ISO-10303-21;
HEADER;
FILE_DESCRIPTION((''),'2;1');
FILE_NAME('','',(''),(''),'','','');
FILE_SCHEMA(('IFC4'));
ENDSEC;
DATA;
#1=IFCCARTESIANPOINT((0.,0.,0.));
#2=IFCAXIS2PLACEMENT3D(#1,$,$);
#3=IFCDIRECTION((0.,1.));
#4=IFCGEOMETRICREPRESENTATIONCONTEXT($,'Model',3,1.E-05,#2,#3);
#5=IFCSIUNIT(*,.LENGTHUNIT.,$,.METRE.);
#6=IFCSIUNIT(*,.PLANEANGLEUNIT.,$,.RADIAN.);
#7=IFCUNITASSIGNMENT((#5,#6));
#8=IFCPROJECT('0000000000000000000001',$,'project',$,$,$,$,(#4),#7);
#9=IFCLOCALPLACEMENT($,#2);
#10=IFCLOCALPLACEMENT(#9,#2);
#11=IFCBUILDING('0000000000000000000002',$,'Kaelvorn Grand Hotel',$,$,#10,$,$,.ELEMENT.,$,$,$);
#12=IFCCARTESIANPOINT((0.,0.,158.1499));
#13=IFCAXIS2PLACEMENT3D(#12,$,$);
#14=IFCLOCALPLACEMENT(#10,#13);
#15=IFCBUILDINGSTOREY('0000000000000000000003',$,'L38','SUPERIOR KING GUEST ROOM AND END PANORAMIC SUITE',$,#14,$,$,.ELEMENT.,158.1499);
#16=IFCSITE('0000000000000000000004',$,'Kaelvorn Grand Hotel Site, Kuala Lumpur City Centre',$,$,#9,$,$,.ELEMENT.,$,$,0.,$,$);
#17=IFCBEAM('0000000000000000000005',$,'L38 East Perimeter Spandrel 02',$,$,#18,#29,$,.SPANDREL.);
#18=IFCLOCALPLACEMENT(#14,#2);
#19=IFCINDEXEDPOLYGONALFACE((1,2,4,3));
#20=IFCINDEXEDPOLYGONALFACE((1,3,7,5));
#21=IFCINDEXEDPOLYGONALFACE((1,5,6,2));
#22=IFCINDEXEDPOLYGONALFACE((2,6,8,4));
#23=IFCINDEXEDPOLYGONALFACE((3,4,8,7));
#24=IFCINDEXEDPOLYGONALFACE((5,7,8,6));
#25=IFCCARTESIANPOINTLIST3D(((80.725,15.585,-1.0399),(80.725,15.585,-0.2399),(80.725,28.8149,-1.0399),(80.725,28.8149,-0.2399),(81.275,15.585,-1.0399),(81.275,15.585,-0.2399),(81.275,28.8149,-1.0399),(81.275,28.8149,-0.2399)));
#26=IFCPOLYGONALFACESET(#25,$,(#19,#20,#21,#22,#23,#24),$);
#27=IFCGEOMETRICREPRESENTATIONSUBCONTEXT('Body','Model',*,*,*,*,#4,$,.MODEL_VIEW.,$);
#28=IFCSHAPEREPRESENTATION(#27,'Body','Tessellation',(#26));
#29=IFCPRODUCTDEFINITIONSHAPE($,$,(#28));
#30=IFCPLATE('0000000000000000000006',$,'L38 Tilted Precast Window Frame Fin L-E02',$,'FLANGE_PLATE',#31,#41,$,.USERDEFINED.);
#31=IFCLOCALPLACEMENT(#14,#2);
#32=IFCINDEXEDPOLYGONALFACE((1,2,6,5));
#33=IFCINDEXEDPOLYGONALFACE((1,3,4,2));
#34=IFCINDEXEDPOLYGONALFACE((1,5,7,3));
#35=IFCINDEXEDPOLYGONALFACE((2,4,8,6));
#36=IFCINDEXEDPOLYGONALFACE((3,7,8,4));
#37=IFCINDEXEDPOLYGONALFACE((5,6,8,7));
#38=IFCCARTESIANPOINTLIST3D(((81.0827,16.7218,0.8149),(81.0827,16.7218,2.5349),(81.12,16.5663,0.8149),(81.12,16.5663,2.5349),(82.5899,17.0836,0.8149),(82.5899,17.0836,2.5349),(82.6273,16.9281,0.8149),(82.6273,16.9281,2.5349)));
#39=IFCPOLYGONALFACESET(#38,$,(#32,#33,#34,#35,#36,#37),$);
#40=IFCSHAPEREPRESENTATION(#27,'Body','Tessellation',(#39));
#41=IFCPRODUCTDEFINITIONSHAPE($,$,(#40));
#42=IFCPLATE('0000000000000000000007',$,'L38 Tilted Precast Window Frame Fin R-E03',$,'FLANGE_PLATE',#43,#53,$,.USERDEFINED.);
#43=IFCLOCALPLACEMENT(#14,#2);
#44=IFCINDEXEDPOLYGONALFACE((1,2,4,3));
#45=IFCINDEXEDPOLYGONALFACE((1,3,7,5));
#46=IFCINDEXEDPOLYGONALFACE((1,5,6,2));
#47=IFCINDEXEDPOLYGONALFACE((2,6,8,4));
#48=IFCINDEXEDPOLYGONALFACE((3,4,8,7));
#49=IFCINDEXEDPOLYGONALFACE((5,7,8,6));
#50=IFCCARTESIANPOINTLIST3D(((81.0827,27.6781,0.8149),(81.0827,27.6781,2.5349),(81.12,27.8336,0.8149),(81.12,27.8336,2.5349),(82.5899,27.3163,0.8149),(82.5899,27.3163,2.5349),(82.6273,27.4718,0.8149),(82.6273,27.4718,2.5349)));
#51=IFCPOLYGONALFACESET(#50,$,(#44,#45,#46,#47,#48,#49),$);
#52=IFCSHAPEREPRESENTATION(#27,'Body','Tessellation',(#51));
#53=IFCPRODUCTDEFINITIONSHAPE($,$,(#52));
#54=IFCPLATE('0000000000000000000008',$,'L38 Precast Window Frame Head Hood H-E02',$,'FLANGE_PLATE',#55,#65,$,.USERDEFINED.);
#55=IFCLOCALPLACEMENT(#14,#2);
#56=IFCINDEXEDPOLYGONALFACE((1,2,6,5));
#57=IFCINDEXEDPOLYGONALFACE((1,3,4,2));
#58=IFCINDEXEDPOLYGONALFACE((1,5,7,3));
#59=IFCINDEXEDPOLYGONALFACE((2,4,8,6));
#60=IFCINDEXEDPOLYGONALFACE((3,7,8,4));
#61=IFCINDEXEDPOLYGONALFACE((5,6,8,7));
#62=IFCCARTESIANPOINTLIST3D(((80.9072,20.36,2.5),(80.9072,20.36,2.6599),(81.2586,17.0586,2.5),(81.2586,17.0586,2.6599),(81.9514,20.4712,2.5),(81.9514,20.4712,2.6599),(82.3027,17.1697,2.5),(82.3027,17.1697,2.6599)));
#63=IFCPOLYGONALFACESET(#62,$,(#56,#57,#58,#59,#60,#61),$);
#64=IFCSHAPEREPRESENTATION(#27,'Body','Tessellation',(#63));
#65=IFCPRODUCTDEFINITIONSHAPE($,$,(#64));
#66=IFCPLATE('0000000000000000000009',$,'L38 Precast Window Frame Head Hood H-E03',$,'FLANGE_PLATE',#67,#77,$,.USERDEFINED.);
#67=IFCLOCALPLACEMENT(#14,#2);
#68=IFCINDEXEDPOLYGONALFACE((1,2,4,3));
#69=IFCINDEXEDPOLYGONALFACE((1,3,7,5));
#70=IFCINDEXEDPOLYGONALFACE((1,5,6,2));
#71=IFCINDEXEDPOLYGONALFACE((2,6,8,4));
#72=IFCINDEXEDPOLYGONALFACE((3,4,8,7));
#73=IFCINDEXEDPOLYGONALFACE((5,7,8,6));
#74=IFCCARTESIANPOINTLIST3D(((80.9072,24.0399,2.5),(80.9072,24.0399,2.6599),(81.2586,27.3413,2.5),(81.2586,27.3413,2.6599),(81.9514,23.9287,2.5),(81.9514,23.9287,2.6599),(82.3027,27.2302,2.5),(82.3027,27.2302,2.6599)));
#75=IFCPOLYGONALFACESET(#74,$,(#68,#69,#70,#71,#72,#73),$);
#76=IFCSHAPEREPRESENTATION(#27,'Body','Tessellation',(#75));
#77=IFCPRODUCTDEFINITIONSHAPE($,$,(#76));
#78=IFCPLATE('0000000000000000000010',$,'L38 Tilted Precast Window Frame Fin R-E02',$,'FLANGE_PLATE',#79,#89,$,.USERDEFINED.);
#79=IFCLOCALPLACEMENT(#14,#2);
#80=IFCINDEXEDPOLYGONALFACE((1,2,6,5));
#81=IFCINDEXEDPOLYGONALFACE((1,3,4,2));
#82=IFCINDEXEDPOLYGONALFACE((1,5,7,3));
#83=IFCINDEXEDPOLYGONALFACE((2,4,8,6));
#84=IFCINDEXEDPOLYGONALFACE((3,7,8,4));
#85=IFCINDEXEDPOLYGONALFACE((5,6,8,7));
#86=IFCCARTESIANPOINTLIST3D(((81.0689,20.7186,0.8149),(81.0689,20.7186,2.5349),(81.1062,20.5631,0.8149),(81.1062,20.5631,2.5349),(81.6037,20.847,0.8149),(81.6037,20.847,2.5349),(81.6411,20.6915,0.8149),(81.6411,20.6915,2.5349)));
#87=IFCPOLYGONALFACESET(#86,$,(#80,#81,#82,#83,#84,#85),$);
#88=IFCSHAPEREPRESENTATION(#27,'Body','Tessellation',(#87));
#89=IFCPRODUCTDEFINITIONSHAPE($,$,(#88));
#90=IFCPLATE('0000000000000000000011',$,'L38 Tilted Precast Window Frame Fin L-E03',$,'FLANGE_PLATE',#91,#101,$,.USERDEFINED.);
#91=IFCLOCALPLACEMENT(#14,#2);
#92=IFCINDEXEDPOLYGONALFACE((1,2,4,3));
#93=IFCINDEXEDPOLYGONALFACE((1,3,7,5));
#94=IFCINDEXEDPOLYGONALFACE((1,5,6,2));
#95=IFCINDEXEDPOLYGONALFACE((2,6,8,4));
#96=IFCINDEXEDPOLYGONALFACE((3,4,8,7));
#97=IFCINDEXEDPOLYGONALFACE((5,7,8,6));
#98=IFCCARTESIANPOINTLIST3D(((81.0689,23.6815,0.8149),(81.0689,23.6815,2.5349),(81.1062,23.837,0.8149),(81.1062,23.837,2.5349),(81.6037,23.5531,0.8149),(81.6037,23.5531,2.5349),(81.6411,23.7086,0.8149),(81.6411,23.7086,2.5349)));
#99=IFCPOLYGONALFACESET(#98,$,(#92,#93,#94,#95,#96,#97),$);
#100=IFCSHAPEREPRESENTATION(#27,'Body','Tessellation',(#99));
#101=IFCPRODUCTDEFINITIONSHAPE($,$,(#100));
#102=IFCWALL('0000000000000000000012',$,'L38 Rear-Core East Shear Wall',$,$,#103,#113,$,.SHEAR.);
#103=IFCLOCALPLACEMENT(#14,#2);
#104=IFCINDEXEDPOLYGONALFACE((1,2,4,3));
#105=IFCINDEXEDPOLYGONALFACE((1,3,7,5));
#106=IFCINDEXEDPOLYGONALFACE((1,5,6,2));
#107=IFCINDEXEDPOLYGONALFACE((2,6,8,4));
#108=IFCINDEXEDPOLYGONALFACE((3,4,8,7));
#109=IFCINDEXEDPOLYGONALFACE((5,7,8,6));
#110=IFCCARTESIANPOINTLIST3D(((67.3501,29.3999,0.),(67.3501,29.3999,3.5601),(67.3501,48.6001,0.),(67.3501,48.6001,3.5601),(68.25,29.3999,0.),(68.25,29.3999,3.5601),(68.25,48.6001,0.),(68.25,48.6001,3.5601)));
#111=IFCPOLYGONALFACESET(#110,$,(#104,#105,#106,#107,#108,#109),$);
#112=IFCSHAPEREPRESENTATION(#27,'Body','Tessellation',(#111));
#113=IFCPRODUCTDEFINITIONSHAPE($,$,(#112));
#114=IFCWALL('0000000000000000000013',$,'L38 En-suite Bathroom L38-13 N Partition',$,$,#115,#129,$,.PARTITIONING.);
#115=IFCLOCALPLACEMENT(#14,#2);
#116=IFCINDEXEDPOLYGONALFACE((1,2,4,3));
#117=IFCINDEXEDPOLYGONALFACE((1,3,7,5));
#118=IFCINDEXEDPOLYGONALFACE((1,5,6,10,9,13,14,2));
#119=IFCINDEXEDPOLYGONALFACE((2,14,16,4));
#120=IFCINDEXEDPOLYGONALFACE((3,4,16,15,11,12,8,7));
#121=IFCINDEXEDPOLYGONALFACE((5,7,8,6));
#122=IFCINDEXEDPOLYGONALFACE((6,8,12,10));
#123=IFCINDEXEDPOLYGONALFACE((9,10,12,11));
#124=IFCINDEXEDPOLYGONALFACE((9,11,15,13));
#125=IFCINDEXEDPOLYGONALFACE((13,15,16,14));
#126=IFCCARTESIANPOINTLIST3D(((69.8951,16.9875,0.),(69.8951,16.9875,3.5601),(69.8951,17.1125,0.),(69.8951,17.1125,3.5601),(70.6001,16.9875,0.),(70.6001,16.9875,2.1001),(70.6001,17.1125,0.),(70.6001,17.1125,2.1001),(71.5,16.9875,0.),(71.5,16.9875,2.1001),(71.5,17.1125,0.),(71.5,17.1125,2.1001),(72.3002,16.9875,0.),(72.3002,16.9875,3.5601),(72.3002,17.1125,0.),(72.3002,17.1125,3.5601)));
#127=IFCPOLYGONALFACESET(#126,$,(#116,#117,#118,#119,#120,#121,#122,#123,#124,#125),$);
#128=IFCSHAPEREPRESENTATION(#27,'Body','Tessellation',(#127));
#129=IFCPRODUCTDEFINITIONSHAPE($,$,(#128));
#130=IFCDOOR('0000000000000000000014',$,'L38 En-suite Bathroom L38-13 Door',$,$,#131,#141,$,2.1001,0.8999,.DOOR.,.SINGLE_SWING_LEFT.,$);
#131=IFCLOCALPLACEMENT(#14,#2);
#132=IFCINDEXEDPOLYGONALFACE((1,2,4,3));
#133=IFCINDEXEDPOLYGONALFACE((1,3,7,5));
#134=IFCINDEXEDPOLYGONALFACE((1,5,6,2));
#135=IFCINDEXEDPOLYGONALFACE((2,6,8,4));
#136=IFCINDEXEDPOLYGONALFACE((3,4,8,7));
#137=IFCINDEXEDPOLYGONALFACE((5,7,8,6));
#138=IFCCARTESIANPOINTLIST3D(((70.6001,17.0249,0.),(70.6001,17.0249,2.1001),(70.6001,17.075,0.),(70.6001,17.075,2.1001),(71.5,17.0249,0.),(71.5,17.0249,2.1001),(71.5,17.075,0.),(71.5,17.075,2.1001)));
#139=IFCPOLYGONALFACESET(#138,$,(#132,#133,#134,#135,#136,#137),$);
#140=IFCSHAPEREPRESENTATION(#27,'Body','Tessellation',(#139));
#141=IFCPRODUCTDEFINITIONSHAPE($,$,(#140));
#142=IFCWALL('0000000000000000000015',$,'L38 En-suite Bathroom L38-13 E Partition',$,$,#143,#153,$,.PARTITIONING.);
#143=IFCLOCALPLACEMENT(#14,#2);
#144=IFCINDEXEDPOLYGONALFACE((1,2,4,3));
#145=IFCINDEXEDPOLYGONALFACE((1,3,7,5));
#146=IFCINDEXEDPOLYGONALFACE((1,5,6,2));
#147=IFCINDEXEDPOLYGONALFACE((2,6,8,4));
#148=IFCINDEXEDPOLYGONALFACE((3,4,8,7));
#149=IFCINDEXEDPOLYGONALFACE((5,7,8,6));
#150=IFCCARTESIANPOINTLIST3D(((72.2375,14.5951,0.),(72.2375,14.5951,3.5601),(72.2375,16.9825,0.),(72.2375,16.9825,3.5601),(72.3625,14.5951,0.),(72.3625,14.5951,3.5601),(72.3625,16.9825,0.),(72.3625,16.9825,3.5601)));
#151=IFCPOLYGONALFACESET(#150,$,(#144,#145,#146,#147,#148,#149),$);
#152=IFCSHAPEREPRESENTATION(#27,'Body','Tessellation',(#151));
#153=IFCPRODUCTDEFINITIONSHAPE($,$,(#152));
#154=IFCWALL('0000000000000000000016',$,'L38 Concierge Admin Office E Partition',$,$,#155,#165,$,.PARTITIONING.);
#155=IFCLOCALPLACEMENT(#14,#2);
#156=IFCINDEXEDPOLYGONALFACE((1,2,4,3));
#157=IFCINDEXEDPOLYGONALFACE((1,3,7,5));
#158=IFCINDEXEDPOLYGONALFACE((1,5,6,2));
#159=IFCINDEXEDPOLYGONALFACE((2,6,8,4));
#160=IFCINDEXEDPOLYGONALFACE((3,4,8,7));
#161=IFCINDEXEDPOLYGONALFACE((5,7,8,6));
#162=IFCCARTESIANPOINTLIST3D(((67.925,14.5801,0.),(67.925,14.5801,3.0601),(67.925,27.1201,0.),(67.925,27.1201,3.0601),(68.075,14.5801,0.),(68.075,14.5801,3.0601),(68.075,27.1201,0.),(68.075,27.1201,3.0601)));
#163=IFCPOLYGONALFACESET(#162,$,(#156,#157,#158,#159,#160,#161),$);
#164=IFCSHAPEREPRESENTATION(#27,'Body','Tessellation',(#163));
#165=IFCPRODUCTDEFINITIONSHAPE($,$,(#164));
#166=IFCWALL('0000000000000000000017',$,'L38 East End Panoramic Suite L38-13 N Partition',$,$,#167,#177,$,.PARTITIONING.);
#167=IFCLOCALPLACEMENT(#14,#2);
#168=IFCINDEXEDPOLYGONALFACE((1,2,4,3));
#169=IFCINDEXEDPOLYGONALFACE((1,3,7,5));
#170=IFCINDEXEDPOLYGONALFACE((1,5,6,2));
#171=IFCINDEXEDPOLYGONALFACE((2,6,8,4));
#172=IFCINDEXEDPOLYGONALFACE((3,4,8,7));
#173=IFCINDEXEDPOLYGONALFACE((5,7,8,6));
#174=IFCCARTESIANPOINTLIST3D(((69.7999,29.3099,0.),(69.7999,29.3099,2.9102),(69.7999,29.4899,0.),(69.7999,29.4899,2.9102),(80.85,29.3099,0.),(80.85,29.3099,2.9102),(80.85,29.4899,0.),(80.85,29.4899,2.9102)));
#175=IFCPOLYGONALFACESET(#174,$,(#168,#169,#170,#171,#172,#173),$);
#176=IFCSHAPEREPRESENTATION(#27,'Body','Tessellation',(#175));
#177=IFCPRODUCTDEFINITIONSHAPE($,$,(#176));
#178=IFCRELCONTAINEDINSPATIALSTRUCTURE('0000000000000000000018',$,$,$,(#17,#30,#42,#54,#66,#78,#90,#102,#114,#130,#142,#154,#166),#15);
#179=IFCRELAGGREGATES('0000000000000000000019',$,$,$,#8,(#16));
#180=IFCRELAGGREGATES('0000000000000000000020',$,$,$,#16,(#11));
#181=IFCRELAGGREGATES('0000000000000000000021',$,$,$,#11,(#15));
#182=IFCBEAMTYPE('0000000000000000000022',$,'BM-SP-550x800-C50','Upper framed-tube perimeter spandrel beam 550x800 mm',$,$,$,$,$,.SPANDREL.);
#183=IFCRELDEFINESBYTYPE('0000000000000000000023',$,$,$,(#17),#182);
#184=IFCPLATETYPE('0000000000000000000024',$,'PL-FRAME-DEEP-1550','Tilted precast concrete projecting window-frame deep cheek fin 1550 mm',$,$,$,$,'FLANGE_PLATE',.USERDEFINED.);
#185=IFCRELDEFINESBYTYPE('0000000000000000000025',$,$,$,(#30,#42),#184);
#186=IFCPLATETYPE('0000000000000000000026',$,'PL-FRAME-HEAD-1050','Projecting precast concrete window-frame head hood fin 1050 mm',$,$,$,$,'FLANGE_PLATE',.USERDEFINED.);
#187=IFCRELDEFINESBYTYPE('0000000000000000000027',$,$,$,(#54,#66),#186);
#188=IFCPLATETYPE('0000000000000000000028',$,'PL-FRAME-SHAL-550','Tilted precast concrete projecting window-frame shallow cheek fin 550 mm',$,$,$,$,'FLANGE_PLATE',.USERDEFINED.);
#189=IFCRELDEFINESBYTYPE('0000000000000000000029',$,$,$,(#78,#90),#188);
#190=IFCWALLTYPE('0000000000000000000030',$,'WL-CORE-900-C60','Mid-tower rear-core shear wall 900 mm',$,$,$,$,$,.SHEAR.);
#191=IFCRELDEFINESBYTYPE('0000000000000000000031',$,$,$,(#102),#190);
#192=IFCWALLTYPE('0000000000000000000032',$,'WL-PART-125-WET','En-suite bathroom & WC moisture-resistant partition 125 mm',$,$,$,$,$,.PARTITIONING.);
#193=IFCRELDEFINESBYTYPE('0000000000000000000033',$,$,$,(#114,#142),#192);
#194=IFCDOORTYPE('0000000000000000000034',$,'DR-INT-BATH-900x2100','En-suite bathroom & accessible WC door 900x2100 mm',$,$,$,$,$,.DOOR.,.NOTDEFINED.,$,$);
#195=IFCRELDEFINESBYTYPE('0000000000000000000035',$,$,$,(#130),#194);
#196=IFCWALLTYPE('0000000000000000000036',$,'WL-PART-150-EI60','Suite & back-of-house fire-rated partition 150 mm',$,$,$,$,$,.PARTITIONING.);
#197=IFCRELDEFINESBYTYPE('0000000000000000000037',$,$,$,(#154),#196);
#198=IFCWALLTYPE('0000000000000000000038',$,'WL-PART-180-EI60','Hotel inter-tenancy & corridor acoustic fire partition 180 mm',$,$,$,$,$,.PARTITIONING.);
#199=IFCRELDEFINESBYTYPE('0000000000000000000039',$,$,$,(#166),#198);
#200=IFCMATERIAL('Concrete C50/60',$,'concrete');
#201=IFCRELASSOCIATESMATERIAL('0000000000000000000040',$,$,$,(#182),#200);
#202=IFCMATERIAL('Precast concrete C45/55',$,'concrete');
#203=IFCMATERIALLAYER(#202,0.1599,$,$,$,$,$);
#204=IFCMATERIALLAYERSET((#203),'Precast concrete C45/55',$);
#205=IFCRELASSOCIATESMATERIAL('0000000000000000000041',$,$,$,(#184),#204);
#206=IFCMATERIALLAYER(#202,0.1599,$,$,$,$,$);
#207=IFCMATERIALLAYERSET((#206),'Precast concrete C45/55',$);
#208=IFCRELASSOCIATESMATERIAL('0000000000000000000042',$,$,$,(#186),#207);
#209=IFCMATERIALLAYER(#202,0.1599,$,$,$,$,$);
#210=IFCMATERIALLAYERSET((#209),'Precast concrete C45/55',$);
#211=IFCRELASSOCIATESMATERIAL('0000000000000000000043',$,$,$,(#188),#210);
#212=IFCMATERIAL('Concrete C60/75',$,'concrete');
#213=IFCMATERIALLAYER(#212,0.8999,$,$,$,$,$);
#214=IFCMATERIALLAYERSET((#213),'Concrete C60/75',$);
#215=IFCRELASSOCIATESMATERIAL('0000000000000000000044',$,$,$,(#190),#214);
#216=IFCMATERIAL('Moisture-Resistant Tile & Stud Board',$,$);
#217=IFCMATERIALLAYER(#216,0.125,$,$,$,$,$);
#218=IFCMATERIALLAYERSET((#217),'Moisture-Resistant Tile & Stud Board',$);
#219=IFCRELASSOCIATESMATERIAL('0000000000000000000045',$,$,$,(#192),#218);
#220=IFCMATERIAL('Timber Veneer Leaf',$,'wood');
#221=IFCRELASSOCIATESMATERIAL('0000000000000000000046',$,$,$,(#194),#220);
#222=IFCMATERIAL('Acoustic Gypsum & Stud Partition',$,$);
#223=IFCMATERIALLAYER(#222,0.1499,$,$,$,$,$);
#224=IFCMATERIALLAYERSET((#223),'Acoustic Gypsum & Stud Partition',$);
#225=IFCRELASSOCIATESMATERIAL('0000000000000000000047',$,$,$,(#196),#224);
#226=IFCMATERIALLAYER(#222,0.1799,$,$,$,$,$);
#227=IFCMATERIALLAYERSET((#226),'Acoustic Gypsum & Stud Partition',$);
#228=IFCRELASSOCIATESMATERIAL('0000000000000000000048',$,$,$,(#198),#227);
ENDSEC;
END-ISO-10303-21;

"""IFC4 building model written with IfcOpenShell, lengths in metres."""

from ifc_helpers import new_model, si_unit, direction, frame, frame_2d, origin, origin_2d, place, context, subcontext, project, spatial, rectangle, extrude, material, layer, layer_set, material_profile, profile_set, type_object, element, fill, save


model = new_model("IFC4")

# Units and contexts
model_context = context("Model", 3, precision=1e-05, world=origin(), true_north=direction((0.0, 1.0)))
body_context = subcontext(model_context, "Body", "Model", "MODEL_VIEW")
ifc_project = project(units=[si_unit("LENGTHUNIT", "METRE"), si_unit("PLANEANGLEUNIT", "RADIAN")], contexts=[model_context])

# Site, building, storey
site_placement = place(None, origin())
site = spatial("IfcSite", under=ifc_project, at=site_placement, Name="Kaelvorn Grand Hotel Site, Kuala Lumpur City Centre", CompositionType="ELEMENT", RefElevation=0.0)
building_placement = place(site_placement, origin())
building = spatial("IfcBuilding", under=site, at=building_placement, Name="Kaelvorn Grand Hotel", CompositionType="ELEMENT")
storey_placement = place(building_placement, frame((0.0, 0.0, 158.1499)))
storey = spatial("IfcBuildingStorey", under=building, at=storey_placement, Name="L38", Description="SUPERIOR KING GUEST ROOM AND END PANORAMIC SUITE", CompositionType="ELEMENT", Elevation=158.1499)

# Shared definitions
ifc_material_1 = material(Name="Concrete C60/75", Category="concrete")

# Beam
ifc_material_2 = material(Name="Concrete C50/60", Category="concrete")
ifc_material_profile_1 = material_profile(ifc_material_2, rectangle(XDim=0.55, YDim=0.8, at=origin_2d()), Name="RC SPANDREL 550x800")
ifc_profile_set_1 = profile_set([ifc_material_profile_1], Name="Concrete C50/60")
beam_type_1 = type_object("IfcBeamType", Name="BM-SP-550x800-C50", Description="Upper framed-tube perimeter spandrel beam 550x800 mm", PredefinedType="SPANDREL", material=ifc_profile_set_1)
beam_1_placement = place(storey_placement, frame((81.0, 15.585, -0.6399), z_axis=(0.0, 1.0, 0.0), x_axis=(-1.0, 0.0, 0.0)))
element("IfcBeam", 1, at=beam_1_placement, inside=storey, type_object=beam_type_1, Name="L38 East Perimeter Spandrel 02", PredefinedType="SPANDREL", context=body_context, shape_type="SweptSolid", body=[
    extrude(rectangle(XDim=0.55, YDim=0.8, at=origin_2d()), origin(), (0.0, 0.0, 1.0), 13.23),
])

# Plates
ifc_material_3 = material(Name="Precast concrete C45/55", Category="concrete")
ifc_layer_1 = layer(ifc_material_3, 0.1599)
ifc_layer_set_1 = layer_set([ifc_layer_1], Name="Precast concrete C45/55")
plate_type_1 = type_object("IfcPlateType", Name="PL-FRAME-DEEP-1550", Description="Tilted precast concrete projecting window-frame deep cheek fin 1550 mm", ElementType="FLANGE_PLATE", PredefinedType="USERDEFINED", material=ifc_layer_set_1)
for number, where, z_axis, x_axis, name in (
    (2, (81.855, 16.825, 0.8149), (0.0, 0.0, 1.0), (-0.233445, 0.97237, 0.0), "L38 Tilted Precast Window Frame Fin L-E02"),
    (3, (81.855, 27.575, 0.8149), (0.0, 0.0, 1.0), (0.233445, 0.97237, 0.0), "L38 Tilted Precast Window Frame Fin R-E03"),
):
    element("IfcPlate", number, at=place(storey_placement, frame(where, z_axis=z_axis, x_axis=x_axis)), inside=storey, type_object=plate_type_1, Name=name, ObjectType="FLANGE_PLATE", PredefinedType="USERDEFINED", context=body_context, shape_type="SweptSolid", body=[
        extrude(rectangle(XDim=0.1599, YDim=1.55, at=origin_2d()), origin(), (0.0, 0.0, 1.0), 1.72),
    ])
ifc_layer_2 = layer(ifc_material_3, 0.1599)
ifc_layer_set_2 = layer_set([ifc_layer_2], Name="Precast concrete C45/55")
plate_type_2 = type_object("IfcPlateType", Name="PL-FRAME-HEAD-1050", Description="Projecting precast concrete window-frame head hood fin 1050 mm", ElementType="FLANGE_PLATE", PredefinedType="USERDEFINED", material=ifc_layer_set_2)
for number, where, z_axis, x_axis, name in (
    (4, (81.605, 18.7649, 2.5), (0.0, 0.0, 1.0), (-0.10583, 0.994384, 0.0), "L38 Precast Window Frame Head Hood H-E02"),
    (5, (81.605, 25.635, 2.5), (0.0, 0.0, 1.0), (0.10583, 0.994384, 0.0), "L38 Precast Window Frame Head Hood H-E03"),
):
    element("IfcPlate", number, at=place(storey_placement, frame(where, z_axis=z_axis, x_axis=x_axis)), inside=storey, type_object=plate_type_2, Name=name, ObjectType="FLANGE_PLATE", PredefinedType="USERDEFINED", context=body_context, shape_type="SweptSolid", body=[
        extrude(rectangle(XDim=3.3201, YDim=1.05, at=origin_2d()), origin(), (0.0, 0.0, 1.0), 0.1599),
    ])
ifc_layer_3 = layer(ifc_material_3, 0.1599)
ifc_layer_set_3 = layer_set([ifc_layer_3], Name="Precast concrete C45/55")
plate_type_3 = type_object("IfcPlateType", Name="PL-FRAME-SHAL-550", Description="Tilted precast concrete projecting window-frame shallow cheek fin 550 mm", ElementType="FLANGE_PLATE", PredefinedType="USERDEFINED", material=ifc_layer_set_3)
for number, where, z_axis, x_axis, name in (
    (6, (81.355, 20.7051, 0.8149), (0.0, 0.0, 1.0), (-0.233445, 0.97237, 0.0), "L38 Tilted Precast Window Frame Fin R-E02"),
    (7, (81.355, 23.6951, 0.8149), (0.0, 0.0, 1.0), (0.233445, 0.97237, 0.0), "L38 Tilted Precast Window Frame Fin L-E03"),
):
    element("IfcPlate", number, at=place(storey_placement, frame(where, z_axis=z_axis, x_axis=x_axis)), inside=storey, type_object=plate_type_3, Name=name, ObjectType="FLANGE_PLATE", PredefinedType="USERDEFINED", context=body_context, shape_type="SweptSolid", body=[
        extrude(rectangle(XDim=0.1599, YDim=0.55, at=origin_2d()), origin(), (0.0, 0.0, 1.0), 1.72),
    ])

# Wall
ifc_layer_4 = layer(ifc_material_1, 0.8999)
ifc_layer_set_4 = layer_set([ifc_layer_4], Name="Concrete C60/75")
wall_type_1 = type_object("IfcWallType", Name="WL-CORE-900-C60", Description="Mid-tower rear-core shear wall 900 mm", PredefinedType="SHEAR", material=ifc_layer_set_4)
wall_1_placement = place(storey_placement, frame((67.8, 29.3999, 0.0), z_axis=(0.0, 0.0, 1.0), x_axis=(0.0, 1.0, 0.0)))
element("IfcWall", 8, at=wall_1_placement, inside=storey, type_object=wall_type_1, Name="L38 Rear-Core East Shear Wall", PredefinedType="SHEAR", context=body_context, shape_type="SweptSolid", body=[
    extrude(rectangle(XDim=19.2002, YDim=0.8999, at=frame_2d((9.6001, 0.0))), origin(), (0.0, 0.0, 1.0), 3.5601),
])

# Wall, opening, door
ifc_material_4 = material(Name="Moisture-Resistant Tile & Stud Board")
ifc_layer_5 = layer(ifc_material_4, 0.125)
ifc_layer_set_5 = layer_set([ifc_layer_5], Name="Moisture-Resistant Tile & Stud Board")
wall_type_2 = type_object("IfcWallType", Name="WL-PART-125-WET", Description="En-suite bathroom & WC moisture-resistant partition 125 mm", PredefinedType="PARTITIONING", material=ifc_layer_set_5)
wall_2_placement = place(storey_placement, frame((69.895, 17.05, 0.0), z_axis=(0.0, 0.0, 1.0), x_axis=(1.0, 0.0, 0.0)))
wall_2 = element("IfcWall", 9, at=wall_2_placement, inside=storey, type_object=wall_type_2, Name="L38 En-suite Bathroom L38-13 N Partition", PredefinedType="PARTITIONING", context=body_context, shape_type="SweptSolid", body=[
    extrude(rectangle(XDim=2.405, YDim=0.125, at=frame_2d((1.2026, 0.0))), origin(), (0.0, 0.0, 1.0), 3.5601),
])
opening_1_placement = place(wall_2_placement, frame((0.7051, 0.0, 0.0)))
opening_1 = element("IfcOpeningElement", 10, at=opening_1_placement, cuts=wall_2, PredefinedType="OPENING", context=body_context, shape_type="SweptSolid", body=[
    extrude(rectangle(XDim=0.8999, YDim=2.1001, at=frame_2d((0.45, 1.05))), frame((0.0, 0.0725, 0.0), z_axis=(0.0, -1.0, 0.0), x_axis=(1.0, 0.0, 0.0)), (0.0, 0.0, 1.0), 0.145),
])
ifc_material_5 = material(Name="Timber Veneer Leaf", Category="wood")
door_type_1 = type_object("IfcDoorType", Name="DR-INT-BATH-900x2100", Description="En-suite bathroom & accessible WC door 900x2100 mm", OperationType="NOTDEFINED", PredefinedType="DOOR", material=ifc_material_5)
door_1_placement = place(opening_1_placement, origin())
door_1 = element("IfcDoor", 11, at=door_1_placement, inside=storey, type_object=door_type_1, Name="L38 En-suite Bathroom L38-13 Door", OperationType="SINGLE_SWING_LEFT", OverallHeight=2.1001, OverallWidth=0.8999, PredefinedType="DOOR", context=body_context, shape_type="SweptSolid", body=[
    extrude(rectangle(XDim=0.8999, YDim=2.1001, at=frame_2d((0.45, 1.05))), frame((0.0, 0.0249, 0.0), z_axis=(0.0, -1.0, 0.0), x_axis=(1.0, 0.0, 0.0)), (0.0, 0.0, 1.0), 0.05),
])
fill(opening_1, door_1)

# Walls
wall_3_placement = place(storey_placement, frame((72.3, 14.595, 0.0), z_axis=(0.0, 0.0, 1.0), x_axis=(0.0, 1.0, 0.0)))
element("IfcWall", 12, at=wall_3_placement, inside=storey, type_object=wall_type_2, Name="L38 En-suite Bathroom L38-13 E Partition", PredefinedType="PARTITIONING", context=body_context, shape_type="SweptSolid", body=[
    extrude(rectangle(XDim=2.3875, YDim=0.125, at=frame_2d((1.1938, 0.0))), origin(), (0.0, 0.0, 1.0), 3.5601),
])
ifc_material_6 = material(Name="Acoustic Gypsum & Stud Partition")
ifc_layer_6 = layer(ifc_material_6, 0.1499)
ifc_layer_set_6 = layer_set([ifc_layer_6], Name="Acoustic Gypsum & Stud Partition")
wall_type_3 = type_object("IfcWallType", Name="WL-PART-150-EI60", Description="Suite & back-of-house fire-rated partition 150 mm", PredefinedType="PARTITIONING", material=ifc_layer_set_6)
wall_4_placement = place(storey_placement, frame((68.0, 14.5801, 0.0), z_axis=(0.0, 0.0, 1.0), x_axis=(0.0, 1.0, 0.0)))
element("IfcWall", 13, at=wall_4_placement, inside=storey, type_object=wall_type_3, Name="L38 Concierge Admin Office E Partition", PredefinedType="PARTITIONING", context=body_context, shape_type="SweptSolid", body=[
    extrude(rectangle(XDim=12.54, YDim=0.1499, at=frame_2d((6.27, 0.0))), origin(), (0.0, 0.0, 1.0), 3.0601),
])
ifc_layer_7 = layer(ifc_material_6, 0.1799)
ifc_layer_set_7 = layer_set([ifc_layer_7], Name="Acoustic Gypsum & Stud Partition")
wall_type_4 = type_object("IfcWallType", Name="WL-PART-180-EI60", Description="Hotel inter-tenancy & corridor acoustic fire partition 180 mm", PredefinedType="PARTITIONING", material=ifc_layer_set_7)
wall_5_placement = place(storey_placement, frame((69.8, 29.3999, 0.0), z_axis=(0.0, 0.0, 1.0), x_axis=(1.0, 0.0, 0.0)))
element("IfcWall", 14, at=wall_5_placement, inside=storey, type_object=wall_type_4, Name="L38 East End Panoramic Suite L38-13 N Partition", PredefinedType="PARTITIONING", context=body_context, shape_type="SweptSolid", body=[
    extrude(rectangle(XDim=11.05, YDim=0.1799, at=frame_2d((5.5249, 0.0))), origin(), (0.0, 0.0, 1.0), 2.9102),
])

save(model, "model.ifc")
